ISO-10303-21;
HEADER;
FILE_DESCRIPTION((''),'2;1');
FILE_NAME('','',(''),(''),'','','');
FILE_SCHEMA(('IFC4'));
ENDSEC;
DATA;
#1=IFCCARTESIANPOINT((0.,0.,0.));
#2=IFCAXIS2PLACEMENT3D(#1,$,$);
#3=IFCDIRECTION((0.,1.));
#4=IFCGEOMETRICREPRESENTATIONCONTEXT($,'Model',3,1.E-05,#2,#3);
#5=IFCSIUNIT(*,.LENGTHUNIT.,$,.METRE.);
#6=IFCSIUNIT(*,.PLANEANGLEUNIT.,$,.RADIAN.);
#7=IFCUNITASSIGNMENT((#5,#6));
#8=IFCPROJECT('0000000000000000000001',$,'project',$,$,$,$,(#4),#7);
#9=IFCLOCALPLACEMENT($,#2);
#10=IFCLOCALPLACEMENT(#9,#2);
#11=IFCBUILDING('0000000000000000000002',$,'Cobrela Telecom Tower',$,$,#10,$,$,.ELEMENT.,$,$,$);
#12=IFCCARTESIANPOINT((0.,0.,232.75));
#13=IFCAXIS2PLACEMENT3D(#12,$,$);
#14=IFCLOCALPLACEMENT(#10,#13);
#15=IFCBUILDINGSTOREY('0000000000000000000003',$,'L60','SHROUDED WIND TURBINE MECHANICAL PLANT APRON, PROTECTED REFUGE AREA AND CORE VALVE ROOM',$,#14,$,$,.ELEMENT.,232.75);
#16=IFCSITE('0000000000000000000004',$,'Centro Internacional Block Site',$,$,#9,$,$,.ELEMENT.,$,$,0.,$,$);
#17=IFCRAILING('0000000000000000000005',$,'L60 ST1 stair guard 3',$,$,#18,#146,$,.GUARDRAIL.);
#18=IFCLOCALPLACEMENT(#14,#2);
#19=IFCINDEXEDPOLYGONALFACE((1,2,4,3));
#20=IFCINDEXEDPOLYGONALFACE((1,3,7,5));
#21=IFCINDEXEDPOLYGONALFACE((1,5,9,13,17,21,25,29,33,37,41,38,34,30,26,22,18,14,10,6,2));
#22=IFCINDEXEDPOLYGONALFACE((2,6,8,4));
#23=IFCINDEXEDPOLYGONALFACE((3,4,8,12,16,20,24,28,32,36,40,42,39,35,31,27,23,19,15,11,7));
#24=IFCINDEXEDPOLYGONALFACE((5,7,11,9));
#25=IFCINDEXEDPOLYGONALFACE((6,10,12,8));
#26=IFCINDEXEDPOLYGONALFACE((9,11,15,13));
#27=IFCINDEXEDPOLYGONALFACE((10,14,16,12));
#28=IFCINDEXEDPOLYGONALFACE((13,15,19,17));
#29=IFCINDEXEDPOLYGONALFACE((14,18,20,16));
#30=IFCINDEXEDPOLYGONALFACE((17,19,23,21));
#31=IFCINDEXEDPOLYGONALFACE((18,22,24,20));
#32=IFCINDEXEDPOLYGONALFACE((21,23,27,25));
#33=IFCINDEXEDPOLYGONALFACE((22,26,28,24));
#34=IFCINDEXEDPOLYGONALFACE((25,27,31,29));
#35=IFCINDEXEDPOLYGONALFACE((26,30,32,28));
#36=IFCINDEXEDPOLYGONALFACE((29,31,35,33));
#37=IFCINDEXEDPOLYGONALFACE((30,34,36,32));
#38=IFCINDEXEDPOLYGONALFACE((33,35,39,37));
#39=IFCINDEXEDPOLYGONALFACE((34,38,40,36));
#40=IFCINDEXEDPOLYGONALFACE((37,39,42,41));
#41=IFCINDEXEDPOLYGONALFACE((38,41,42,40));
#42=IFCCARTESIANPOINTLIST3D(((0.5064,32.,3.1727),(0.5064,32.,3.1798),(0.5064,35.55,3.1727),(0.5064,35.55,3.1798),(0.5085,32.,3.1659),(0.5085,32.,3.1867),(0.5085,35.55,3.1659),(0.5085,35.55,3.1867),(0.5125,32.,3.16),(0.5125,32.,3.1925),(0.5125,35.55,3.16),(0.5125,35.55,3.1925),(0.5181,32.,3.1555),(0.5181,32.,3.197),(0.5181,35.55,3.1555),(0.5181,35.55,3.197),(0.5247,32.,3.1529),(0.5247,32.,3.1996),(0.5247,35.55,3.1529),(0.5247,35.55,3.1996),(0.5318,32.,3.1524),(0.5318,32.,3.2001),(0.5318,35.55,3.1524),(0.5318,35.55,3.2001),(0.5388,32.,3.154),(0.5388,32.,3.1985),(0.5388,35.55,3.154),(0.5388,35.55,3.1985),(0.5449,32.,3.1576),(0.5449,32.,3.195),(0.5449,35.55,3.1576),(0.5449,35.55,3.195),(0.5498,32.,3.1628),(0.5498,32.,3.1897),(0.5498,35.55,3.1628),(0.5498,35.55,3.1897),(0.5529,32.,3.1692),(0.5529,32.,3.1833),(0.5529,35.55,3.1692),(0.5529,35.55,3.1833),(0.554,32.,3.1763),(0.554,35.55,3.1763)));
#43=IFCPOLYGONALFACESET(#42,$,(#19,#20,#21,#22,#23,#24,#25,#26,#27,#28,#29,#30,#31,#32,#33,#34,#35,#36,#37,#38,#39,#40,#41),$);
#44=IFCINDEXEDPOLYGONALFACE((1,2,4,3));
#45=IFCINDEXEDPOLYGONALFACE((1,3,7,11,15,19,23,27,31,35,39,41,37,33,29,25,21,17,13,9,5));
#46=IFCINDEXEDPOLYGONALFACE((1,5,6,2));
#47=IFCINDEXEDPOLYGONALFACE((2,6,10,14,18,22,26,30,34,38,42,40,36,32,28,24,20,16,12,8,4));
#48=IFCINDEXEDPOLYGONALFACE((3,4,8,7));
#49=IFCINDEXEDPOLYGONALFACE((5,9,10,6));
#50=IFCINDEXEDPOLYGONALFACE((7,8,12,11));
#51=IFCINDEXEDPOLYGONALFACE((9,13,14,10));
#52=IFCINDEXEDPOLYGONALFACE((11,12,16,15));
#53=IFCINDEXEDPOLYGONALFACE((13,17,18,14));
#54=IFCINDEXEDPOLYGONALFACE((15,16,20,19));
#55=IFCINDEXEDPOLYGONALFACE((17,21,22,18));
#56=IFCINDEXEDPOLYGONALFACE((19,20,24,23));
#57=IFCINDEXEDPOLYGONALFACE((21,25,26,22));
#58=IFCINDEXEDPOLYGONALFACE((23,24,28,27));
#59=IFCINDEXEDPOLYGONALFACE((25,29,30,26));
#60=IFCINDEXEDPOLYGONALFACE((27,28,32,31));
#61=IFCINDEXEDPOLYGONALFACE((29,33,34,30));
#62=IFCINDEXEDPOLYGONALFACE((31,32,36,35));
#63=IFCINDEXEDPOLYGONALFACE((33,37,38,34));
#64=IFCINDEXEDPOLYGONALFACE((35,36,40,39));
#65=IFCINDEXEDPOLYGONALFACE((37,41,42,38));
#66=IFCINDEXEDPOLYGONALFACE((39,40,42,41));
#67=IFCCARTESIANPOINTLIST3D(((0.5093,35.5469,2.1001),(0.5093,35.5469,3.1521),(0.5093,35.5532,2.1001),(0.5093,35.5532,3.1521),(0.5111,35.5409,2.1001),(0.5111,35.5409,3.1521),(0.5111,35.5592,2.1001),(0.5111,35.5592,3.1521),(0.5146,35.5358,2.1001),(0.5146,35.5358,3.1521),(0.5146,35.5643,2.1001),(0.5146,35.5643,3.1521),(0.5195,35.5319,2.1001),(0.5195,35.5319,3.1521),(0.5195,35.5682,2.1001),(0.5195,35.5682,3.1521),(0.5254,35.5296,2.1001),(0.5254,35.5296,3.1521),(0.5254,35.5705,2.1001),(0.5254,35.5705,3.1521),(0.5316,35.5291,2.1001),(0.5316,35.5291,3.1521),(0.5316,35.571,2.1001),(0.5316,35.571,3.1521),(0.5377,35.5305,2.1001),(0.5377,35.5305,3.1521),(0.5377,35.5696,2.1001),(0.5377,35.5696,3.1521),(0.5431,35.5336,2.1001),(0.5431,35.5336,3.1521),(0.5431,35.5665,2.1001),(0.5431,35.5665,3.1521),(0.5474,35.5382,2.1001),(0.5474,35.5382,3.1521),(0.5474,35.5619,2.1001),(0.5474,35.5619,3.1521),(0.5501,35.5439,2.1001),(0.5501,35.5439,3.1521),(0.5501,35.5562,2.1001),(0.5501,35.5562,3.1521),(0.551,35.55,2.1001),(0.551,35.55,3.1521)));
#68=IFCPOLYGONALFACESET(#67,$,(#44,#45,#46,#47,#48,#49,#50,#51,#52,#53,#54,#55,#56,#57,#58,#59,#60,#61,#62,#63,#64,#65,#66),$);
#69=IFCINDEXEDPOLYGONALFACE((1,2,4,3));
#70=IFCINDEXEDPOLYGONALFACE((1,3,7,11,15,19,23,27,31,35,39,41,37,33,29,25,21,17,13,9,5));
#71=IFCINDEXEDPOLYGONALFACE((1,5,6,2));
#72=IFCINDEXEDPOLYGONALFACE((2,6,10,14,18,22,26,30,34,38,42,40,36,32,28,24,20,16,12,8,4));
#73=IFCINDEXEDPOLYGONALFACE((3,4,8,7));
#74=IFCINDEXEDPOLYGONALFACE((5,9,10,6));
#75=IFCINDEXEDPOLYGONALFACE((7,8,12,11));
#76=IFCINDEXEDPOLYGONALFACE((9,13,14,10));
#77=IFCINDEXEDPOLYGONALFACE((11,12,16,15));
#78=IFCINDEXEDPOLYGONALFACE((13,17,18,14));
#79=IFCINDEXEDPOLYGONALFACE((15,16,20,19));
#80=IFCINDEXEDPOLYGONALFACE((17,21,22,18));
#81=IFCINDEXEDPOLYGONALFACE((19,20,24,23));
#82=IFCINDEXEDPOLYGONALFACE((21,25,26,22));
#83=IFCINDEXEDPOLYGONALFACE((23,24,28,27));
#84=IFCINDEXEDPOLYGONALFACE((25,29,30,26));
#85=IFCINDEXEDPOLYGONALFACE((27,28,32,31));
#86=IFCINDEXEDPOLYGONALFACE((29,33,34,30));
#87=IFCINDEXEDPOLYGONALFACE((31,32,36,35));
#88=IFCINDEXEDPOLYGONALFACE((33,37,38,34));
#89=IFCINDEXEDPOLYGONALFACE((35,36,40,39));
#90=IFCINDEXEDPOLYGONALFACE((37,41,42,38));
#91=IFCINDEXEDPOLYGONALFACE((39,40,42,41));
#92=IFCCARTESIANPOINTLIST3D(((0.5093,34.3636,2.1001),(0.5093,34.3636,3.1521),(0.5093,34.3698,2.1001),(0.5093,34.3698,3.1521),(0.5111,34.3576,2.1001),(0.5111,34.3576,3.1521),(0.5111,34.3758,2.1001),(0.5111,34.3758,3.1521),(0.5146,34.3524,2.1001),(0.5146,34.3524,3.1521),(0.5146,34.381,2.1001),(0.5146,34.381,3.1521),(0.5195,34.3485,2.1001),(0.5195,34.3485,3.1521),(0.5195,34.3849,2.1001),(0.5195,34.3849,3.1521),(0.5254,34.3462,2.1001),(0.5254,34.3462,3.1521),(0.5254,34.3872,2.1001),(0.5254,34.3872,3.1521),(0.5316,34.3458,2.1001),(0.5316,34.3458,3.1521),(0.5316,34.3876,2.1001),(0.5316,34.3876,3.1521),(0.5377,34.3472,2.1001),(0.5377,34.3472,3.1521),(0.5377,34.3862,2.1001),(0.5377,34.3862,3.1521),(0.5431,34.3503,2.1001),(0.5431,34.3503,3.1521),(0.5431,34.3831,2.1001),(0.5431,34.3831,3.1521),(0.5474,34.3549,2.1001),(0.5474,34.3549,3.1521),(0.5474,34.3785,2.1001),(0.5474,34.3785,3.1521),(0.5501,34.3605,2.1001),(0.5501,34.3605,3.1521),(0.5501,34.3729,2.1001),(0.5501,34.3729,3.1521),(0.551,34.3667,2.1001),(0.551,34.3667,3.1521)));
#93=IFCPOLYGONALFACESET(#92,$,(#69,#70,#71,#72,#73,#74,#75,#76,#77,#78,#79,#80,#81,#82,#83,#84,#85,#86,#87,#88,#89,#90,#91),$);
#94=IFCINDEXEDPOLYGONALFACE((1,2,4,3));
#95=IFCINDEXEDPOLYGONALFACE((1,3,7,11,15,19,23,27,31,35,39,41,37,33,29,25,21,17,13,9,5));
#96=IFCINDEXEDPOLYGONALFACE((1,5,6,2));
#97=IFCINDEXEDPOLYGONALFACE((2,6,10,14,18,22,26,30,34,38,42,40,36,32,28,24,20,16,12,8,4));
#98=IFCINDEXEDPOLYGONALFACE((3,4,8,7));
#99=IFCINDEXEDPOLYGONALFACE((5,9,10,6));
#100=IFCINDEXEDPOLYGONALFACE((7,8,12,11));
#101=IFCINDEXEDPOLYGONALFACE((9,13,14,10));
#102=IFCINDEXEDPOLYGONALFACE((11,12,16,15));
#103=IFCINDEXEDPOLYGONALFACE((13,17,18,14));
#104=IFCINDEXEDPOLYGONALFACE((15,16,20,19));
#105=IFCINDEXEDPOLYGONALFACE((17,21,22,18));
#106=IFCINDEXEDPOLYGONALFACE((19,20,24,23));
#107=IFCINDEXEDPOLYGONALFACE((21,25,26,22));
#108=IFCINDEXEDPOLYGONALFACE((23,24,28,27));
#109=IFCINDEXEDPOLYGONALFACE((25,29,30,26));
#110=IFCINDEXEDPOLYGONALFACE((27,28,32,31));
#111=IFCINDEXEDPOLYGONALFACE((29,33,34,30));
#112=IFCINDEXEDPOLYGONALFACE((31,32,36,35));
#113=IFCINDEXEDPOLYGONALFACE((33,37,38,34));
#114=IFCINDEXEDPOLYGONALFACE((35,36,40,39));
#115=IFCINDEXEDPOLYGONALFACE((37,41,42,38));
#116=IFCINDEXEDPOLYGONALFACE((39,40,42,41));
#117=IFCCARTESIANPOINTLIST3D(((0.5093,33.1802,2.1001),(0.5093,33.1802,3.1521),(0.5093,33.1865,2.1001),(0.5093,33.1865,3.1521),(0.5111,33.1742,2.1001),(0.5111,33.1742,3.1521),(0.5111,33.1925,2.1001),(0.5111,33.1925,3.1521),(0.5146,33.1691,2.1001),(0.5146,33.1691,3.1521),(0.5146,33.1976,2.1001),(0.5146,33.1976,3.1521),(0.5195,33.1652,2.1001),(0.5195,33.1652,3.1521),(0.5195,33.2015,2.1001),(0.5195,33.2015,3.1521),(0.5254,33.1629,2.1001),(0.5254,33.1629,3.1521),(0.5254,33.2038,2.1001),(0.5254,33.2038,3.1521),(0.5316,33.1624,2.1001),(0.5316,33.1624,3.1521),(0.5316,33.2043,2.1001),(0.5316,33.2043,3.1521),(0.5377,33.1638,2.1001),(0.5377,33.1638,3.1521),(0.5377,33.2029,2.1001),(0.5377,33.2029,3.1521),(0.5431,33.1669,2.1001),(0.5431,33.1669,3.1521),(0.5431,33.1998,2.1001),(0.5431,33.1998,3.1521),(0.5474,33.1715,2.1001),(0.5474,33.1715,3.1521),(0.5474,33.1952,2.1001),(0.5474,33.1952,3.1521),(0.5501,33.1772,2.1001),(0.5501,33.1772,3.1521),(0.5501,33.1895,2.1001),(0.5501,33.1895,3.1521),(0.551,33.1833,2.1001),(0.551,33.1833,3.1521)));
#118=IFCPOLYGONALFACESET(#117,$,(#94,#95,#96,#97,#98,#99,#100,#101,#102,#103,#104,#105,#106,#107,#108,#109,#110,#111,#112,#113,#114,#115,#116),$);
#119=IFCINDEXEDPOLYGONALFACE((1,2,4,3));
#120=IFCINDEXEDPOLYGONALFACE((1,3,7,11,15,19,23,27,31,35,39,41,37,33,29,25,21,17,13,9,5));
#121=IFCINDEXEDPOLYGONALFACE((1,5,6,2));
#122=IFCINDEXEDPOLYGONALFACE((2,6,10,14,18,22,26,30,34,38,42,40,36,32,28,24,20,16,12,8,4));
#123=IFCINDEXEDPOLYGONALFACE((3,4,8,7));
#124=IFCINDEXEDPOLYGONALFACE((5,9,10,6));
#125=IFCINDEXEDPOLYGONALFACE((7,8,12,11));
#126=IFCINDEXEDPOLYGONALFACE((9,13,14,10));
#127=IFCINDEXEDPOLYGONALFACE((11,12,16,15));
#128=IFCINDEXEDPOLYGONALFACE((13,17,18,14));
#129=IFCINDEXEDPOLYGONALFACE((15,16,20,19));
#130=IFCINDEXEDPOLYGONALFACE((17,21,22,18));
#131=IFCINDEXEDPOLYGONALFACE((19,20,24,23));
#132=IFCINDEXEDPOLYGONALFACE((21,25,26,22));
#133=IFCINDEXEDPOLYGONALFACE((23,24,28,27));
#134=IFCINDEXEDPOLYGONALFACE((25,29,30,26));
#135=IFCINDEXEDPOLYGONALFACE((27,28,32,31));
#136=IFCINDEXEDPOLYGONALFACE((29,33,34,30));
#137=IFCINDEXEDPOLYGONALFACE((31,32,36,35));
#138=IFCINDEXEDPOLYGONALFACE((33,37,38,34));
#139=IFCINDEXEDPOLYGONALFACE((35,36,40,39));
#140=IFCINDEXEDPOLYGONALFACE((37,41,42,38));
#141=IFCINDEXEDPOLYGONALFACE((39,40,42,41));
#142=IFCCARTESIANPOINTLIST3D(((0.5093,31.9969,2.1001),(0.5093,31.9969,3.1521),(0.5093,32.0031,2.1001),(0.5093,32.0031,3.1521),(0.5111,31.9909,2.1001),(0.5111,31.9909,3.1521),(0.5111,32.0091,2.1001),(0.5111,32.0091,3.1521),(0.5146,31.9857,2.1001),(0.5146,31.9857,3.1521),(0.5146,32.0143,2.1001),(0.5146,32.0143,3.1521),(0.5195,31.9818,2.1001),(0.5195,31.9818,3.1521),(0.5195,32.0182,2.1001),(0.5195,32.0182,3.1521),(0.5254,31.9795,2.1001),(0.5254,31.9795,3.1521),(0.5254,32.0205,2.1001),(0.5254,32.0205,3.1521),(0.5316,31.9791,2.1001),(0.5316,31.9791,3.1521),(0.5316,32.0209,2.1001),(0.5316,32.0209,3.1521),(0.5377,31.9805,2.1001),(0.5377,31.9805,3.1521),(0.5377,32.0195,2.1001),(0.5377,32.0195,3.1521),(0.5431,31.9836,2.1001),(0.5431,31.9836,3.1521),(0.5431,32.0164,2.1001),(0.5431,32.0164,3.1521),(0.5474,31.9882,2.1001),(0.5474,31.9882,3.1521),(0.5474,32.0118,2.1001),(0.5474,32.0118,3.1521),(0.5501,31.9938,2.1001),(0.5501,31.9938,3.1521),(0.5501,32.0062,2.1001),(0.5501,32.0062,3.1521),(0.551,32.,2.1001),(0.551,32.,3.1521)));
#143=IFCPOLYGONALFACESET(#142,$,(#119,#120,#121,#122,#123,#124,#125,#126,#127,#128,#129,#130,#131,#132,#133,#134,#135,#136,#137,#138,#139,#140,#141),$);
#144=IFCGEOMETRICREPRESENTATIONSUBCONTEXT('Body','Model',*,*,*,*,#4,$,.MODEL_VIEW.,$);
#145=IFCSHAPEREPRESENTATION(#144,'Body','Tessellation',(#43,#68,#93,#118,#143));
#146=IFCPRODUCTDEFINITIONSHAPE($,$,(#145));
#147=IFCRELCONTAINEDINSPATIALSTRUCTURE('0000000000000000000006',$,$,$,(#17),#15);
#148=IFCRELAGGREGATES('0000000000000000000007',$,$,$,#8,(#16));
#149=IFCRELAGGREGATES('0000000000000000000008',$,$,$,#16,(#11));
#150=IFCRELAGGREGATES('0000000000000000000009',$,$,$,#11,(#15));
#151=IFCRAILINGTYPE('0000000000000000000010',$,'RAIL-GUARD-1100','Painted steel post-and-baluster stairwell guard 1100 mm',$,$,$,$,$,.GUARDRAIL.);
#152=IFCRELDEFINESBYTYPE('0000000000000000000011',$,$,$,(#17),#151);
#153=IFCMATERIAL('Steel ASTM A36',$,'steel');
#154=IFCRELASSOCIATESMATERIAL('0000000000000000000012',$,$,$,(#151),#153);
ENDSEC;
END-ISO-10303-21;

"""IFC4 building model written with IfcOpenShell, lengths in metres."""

from ifc_helpers import new_model, si_unit, direction, frame, origin, origin_2d, place, context, subcontext, project, spatial, circle, extrude, material, type_object, element, save


model = new_model("IFC4")

# Units and contexts
model_context = context("Model", 3, precision=1e-05, world=origin(), true_north=direction((0.0, 1.0)))
body_context = subcontext(model_context, "Body", "Model", "MODEL_VIEW")
ifc_project = project(units=[si_unit("LENGTHUNIT", "METRE"), si_unit("PLANEANGLEUNIT", "RADIAN")], contexts=[model_context])

# Site, building, storey
site_placement = place(None, origin())
site = spatial("IfcSite", under=ifc_project, at=site_placement, Name="Centro Internacional Block Site", CompositionType="ELEMENT", RefElevation=0.0)
building_placement = place(site_placement, origin())
building = spatial("IfcBuilding", under=site, at=building_placement, Name="Cobrela Telecom Tower", CompositionType="ELEMENT")
storey_placement = place(building_placement, frame((0.0, 0.0, 232.75)))
storey = spatial("IfcBuildingStorey", under=building, at=storey_placement, Name="L60", Description="SHROUDED WIND TURBINE MECHANICAL PLANT APRON, PROTECTED REFUGE AREA AND CORE VALVE ROOM", CompositionType="ELEMENT", Elevation=232.75)

# Shared definitions
ifc_material_1 = material(Name="Steel ASTM A36", Category="steel")

# Railing
railing_type_1 = type_object("IfcRailingType", Name="RAIL-GUARD-1100", Description="Painted steel post-and-baluster stairwell guard 1100 mm", PredefinedType="GUARDRAIL", material=ifc_material_1)
railing_1_placement = place(storey_placement, frame((0.53, 35.55, 2.1001)))
element("IfcRailing", 1, at=railing_1_placement, inside=storey, type_object=railing_type_1, Name="L60 ST1 stair guard 3", PredefinedType="GUARDRAIL", context=body_context, shape_type="SweptSolid", body=[
    extrude(circle(Radius=0.0239, at=origin_2d()), frame((0.0, 0.0, 1.0762), z_axis=(0.0, -1.0, 0.0), x_axis=(1.0, 0.0, 0.0)), (0.0, 0.0, 1.0), 3.55),
    extrude(circle(Radius=0.021, at=origin_2d()), origin(), (0.0, 0.0, 1.0), 1.052),
    extrude(circle(Radius=0.021, at=origin_2d()), frame((0.0, -1.1833, 0.0)), (0.0, 0.0, 1.0), 1.052),
    extrude(circle(Radius=0.021, at=origin_2d()), frame((0.0, -2.3667, 0.0)), (0.0, 0.0, 1.0), 1.052),
    extrude(circle(Radius=0.021, at=origin_2d()), frame((0.0, -3.55, 0.0)), (0.0, 0.0, 1.0), 1.052),
])

save(model, "model.ifc")
